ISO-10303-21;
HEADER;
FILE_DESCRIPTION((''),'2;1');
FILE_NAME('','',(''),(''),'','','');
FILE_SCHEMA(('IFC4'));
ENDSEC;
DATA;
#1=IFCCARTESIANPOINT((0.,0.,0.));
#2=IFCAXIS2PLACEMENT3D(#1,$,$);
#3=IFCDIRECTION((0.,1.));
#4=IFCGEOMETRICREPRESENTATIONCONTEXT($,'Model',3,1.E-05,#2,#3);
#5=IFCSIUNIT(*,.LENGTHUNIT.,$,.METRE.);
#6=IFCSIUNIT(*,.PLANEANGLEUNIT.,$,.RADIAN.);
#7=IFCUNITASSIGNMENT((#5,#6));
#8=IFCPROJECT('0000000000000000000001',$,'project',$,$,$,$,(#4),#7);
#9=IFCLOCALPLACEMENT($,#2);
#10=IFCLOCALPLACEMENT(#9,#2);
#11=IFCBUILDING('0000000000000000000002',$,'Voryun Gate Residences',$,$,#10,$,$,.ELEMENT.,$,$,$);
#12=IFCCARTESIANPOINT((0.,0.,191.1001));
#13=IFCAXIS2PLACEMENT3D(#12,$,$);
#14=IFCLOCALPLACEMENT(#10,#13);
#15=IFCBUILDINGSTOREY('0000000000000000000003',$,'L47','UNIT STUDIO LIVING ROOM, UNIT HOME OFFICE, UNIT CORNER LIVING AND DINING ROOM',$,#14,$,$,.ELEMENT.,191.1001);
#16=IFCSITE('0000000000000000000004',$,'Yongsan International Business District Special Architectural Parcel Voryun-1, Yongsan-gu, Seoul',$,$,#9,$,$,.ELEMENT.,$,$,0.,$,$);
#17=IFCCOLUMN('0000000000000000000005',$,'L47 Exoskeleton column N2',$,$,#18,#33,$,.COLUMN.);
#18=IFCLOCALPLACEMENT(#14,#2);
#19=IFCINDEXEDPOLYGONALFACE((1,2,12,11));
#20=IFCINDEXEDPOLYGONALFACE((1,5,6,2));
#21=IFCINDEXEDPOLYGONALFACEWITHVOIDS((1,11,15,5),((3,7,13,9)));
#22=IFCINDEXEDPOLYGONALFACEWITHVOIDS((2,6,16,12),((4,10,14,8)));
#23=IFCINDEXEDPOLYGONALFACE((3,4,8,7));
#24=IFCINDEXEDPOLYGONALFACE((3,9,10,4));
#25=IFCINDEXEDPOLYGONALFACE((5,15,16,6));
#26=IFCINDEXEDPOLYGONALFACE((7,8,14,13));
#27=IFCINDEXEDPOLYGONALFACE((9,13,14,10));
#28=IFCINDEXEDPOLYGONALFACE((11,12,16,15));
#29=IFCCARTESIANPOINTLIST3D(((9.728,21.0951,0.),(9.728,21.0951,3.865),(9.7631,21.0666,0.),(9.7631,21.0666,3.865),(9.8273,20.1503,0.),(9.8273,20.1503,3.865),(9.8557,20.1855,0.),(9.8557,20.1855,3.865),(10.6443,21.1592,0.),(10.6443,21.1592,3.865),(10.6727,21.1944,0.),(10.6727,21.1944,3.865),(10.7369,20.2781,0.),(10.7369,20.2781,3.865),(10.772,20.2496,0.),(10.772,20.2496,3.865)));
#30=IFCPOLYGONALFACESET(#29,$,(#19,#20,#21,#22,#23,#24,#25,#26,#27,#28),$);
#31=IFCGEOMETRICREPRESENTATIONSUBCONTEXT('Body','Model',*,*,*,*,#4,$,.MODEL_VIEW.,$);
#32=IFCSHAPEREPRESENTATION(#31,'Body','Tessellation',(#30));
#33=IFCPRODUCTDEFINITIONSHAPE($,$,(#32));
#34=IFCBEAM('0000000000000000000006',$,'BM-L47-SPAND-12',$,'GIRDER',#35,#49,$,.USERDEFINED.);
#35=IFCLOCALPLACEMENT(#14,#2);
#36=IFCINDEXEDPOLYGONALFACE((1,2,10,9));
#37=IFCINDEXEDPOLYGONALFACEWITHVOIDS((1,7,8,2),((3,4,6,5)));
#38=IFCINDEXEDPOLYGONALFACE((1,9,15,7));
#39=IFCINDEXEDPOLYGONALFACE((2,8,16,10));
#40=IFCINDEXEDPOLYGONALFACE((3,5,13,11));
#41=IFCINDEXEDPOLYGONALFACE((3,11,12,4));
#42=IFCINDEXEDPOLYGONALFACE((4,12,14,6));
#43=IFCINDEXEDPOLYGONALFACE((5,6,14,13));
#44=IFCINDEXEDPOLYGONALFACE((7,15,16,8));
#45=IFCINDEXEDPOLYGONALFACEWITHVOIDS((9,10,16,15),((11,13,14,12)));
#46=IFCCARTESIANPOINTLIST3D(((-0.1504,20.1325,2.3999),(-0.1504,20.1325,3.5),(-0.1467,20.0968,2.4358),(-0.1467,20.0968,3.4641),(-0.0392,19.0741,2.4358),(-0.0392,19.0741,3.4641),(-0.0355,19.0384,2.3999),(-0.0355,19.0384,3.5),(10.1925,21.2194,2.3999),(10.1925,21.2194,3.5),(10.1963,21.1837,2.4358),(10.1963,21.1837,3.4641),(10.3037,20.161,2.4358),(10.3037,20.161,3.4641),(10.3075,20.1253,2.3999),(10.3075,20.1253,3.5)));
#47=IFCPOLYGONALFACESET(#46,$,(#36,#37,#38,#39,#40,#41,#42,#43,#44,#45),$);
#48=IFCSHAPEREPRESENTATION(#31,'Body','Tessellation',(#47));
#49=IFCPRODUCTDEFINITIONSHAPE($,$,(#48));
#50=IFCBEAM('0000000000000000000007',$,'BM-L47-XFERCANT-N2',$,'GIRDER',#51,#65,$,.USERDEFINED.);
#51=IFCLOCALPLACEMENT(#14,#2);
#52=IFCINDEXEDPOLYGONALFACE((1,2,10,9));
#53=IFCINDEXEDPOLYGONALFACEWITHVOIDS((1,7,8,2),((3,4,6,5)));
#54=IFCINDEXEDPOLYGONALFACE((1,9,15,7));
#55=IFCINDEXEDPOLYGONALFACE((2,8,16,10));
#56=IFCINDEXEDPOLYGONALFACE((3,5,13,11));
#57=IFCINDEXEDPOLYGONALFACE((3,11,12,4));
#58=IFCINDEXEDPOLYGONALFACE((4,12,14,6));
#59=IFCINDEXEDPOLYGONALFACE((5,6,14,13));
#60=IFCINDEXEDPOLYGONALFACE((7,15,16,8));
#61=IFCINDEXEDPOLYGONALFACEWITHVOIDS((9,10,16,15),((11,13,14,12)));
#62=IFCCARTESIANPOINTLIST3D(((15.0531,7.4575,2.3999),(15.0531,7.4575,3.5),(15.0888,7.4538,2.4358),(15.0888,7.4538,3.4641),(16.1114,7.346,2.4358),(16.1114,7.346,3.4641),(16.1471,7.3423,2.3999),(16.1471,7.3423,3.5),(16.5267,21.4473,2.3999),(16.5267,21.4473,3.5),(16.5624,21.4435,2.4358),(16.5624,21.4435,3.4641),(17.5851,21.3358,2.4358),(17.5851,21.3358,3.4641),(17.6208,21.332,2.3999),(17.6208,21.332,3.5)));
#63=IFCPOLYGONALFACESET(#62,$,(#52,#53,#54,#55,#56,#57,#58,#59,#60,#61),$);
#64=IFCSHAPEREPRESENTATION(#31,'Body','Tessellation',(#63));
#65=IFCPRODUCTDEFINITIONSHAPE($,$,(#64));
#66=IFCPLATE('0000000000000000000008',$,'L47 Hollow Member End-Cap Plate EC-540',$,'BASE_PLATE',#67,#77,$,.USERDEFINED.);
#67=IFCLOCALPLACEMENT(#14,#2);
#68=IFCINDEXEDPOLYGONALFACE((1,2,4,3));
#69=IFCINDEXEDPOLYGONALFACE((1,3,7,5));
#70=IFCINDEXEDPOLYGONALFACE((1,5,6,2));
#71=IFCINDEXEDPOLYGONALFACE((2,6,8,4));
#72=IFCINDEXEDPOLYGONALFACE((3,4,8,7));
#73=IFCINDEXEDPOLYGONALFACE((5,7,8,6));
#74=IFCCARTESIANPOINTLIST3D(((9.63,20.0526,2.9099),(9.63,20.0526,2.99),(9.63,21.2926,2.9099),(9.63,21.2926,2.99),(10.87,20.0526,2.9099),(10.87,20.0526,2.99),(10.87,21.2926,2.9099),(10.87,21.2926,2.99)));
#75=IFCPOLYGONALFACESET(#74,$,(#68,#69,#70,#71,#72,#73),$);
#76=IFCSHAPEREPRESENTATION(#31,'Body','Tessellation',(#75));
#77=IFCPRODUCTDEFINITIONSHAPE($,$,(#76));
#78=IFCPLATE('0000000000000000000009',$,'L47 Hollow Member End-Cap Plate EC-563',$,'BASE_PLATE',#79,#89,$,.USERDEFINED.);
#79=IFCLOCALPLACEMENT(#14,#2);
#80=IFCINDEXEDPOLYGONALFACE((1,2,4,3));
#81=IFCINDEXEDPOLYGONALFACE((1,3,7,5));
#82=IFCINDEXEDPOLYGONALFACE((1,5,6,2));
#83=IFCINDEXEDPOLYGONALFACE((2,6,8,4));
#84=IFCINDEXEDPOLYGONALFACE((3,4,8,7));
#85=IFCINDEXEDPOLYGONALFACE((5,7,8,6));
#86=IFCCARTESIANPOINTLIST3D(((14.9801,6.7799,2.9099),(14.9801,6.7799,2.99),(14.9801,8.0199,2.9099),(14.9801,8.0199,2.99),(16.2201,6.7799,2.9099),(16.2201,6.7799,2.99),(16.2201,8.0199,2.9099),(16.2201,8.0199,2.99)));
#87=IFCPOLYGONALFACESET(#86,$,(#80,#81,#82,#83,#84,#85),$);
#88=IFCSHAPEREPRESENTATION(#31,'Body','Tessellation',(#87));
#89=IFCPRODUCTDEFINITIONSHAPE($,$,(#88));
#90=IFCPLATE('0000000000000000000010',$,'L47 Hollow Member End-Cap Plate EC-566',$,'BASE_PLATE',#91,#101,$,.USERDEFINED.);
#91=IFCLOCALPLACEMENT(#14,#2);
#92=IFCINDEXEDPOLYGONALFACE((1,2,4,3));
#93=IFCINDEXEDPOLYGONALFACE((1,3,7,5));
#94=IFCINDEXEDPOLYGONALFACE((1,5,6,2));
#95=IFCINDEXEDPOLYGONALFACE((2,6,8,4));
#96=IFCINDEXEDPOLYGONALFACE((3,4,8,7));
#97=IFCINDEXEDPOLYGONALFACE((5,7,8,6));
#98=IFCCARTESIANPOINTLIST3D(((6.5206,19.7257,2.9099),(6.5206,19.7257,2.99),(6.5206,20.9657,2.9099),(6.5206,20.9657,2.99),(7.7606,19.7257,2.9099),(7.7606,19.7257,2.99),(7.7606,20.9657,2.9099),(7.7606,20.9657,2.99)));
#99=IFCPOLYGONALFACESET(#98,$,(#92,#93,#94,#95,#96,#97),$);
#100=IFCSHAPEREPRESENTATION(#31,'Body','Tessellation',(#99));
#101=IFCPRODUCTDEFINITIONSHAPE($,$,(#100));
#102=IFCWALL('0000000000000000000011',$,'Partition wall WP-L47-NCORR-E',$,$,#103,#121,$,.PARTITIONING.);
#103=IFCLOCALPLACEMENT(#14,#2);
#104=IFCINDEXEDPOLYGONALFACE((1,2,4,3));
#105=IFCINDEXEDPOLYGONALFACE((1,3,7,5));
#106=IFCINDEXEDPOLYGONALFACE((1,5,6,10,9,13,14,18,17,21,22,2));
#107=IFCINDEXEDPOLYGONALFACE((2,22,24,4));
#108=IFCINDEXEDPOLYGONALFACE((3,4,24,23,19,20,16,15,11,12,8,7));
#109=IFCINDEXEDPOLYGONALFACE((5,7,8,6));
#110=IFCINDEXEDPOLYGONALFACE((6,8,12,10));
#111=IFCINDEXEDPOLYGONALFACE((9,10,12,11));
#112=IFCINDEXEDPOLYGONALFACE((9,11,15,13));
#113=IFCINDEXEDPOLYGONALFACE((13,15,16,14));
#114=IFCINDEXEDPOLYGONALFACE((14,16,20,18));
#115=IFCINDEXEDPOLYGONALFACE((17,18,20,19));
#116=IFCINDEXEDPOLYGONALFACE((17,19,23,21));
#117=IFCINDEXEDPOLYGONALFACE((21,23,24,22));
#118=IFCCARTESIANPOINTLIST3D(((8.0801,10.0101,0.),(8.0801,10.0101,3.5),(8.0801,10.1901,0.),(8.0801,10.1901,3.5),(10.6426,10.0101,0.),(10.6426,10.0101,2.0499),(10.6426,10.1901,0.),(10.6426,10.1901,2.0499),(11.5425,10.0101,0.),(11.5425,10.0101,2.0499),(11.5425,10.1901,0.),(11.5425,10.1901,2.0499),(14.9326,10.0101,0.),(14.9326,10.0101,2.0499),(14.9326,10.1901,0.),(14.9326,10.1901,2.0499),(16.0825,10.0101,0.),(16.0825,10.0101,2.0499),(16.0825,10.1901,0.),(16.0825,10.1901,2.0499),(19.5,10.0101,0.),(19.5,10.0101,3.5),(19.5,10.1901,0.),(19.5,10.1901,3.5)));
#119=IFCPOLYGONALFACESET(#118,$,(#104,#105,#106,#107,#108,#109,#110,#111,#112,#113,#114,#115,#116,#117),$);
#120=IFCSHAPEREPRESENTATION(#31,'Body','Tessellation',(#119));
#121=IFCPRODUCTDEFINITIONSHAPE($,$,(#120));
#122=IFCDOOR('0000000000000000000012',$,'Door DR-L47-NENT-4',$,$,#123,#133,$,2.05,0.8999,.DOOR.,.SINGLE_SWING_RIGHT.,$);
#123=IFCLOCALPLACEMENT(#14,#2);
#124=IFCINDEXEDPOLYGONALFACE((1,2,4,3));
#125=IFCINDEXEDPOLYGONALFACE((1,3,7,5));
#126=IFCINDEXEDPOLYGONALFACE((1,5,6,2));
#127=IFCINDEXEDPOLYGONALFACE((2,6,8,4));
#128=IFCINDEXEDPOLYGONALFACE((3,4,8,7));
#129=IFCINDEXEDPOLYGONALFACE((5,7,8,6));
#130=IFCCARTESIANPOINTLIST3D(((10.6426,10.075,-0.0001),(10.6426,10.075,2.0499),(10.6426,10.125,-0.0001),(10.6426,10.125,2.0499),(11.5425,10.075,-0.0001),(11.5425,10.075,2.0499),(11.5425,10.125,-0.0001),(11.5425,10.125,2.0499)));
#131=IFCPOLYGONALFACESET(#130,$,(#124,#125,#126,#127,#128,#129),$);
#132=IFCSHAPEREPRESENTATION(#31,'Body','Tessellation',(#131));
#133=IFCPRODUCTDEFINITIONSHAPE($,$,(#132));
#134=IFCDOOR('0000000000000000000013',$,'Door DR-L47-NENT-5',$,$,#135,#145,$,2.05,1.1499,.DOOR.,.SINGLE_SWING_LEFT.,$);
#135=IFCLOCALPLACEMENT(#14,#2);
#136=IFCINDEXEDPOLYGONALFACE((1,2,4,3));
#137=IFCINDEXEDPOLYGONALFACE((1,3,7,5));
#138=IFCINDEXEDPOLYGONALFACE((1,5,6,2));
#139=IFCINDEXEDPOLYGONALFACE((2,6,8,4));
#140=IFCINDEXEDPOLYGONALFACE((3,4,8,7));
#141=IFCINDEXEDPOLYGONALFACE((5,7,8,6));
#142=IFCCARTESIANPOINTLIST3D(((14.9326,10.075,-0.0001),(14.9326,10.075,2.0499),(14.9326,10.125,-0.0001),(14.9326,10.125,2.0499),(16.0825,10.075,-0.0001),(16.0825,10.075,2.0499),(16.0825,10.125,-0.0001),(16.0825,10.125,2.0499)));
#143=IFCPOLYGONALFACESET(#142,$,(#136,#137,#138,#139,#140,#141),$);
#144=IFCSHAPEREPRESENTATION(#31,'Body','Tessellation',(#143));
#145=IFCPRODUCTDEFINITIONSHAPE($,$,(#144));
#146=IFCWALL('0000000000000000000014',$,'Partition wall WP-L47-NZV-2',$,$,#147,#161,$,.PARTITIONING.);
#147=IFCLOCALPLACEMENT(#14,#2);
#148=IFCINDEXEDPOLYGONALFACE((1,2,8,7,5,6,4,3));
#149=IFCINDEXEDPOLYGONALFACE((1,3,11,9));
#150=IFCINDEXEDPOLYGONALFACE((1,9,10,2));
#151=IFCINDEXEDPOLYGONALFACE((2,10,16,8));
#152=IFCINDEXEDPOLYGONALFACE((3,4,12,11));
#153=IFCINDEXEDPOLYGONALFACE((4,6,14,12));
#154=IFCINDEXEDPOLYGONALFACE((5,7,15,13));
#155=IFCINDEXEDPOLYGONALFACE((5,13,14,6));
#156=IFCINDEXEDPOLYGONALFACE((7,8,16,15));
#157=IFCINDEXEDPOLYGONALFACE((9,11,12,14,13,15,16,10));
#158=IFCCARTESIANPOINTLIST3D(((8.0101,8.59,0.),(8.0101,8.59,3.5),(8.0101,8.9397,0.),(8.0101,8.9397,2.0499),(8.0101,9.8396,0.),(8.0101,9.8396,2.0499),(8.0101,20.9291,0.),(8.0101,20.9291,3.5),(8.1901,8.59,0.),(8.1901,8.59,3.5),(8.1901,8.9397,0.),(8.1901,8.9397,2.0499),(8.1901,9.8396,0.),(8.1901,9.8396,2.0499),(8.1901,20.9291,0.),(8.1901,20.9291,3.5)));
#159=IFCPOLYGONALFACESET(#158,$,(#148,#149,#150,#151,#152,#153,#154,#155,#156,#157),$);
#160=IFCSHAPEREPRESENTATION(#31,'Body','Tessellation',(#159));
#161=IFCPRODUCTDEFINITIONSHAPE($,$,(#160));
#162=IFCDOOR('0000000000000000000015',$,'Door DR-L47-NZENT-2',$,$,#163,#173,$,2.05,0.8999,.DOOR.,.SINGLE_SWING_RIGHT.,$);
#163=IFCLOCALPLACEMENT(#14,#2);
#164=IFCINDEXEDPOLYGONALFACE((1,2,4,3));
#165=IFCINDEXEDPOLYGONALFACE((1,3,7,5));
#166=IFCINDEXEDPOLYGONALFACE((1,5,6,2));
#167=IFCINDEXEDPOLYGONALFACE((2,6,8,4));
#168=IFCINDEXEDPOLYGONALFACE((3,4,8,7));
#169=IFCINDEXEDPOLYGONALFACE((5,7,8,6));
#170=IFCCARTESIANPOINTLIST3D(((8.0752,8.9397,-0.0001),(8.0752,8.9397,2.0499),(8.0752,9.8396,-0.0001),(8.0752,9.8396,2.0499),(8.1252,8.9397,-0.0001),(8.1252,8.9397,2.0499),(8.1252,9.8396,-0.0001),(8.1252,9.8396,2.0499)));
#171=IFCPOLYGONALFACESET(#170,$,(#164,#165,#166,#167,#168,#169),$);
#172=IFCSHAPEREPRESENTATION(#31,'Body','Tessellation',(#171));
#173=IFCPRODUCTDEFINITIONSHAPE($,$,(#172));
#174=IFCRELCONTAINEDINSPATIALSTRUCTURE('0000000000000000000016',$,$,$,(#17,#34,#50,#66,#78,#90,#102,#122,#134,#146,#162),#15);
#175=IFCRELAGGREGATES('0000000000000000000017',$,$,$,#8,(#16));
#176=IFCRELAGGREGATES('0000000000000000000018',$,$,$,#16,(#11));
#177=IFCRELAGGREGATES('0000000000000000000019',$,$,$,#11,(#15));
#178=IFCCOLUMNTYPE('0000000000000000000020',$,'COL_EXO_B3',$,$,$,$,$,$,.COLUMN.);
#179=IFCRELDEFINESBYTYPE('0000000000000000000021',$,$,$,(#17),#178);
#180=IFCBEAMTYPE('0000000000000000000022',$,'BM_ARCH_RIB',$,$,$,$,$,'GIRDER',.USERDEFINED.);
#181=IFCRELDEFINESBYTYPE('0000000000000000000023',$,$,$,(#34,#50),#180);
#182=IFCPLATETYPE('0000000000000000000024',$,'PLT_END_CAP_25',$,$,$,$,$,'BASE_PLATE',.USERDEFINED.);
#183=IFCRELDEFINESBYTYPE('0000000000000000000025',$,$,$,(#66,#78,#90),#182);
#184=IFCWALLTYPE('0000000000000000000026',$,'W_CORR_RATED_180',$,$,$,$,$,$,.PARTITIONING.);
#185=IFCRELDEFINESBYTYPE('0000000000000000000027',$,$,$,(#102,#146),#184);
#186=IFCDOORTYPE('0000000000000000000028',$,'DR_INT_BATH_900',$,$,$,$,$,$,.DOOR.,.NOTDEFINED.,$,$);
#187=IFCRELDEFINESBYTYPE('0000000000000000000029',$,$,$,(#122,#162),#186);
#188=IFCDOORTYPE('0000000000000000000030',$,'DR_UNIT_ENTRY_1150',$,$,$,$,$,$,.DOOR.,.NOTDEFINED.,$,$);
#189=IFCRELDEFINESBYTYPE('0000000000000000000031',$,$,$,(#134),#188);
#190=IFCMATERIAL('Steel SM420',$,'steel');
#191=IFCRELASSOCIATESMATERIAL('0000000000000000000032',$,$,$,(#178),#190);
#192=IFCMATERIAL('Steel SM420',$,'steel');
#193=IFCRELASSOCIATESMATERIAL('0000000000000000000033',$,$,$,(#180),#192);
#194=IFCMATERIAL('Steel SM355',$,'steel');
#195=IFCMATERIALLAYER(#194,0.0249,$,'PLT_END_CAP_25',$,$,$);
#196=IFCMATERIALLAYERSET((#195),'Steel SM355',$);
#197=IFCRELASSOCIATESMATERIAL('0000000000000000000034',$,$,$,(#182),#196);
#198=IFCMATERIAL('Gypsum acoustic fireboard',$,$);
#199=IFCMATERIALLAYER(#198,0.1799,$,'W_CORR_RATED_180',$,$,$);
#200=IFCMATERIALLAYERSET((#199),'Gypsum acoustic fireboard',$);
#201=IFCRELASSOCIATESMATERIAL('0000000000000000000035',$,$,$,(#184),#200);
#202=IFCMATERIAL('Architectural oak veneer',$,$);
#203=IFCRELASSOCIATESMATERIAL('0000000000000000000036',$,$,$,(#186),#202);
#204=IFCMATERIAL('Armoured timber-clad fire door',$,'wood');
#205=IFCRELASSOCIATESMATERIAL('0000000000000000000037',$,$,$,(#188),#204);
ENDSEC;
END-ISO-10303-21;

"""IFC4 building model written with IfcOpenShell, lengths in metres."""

from ifc_helpers import new_model, si_unit, direction, frame, frame_2d, origin, origin_2d, place, context, subcontext, project, spatial, rectangle, hollow_rectangle, extrude, material, layer, layer_set, material_profile, profile_set, type_object, element, fill, save


model = new_model("IFC4")

# Units and contexts
model_context = context("Model", 3, precision=1e-05, world=origin(), true_north=direction((0.0, 1.0)))
body_context = subcontext(model_context, "Body", "Model", "MODEL_VIEW")
ifc_project = project(units=[si_unit("LENGTHUNIT", "METRE"), si_unit("PLANEANGLEUNIT", "RADIAN")], contexts=[model_context])

# Site, building, storey
site_placement = place(None, origin())
site = spatial("IfcSite", under=ifc_project, at=site_placement, Name="Yongsan International Business District Special Architectural Parcel Voryun-1, Yongsan-gu, Seoul", CompositionType="ELEMENT", RefElevation=0.0)
building_placement = place(site_placement, origin())
building = spatial("IfcBuilding", under=site, at=building_placement, Name="Voryun Gate Residences", CompositionType="ELEMENT")
storey_placement = place(building_placement, frame((0.0, 0.0, 191.1001)))
storey = spatial("IfcBuildingStorey", under=building, at=storey_placement, Name="L47", Description="UNIT STUDIO LIVING ROOM, UNIT HOME OFFICE, UNIT CORNER LIVING AND DINING ROOM", CompositionType="ELEMENT", Elevation=191.1001)

# Column
ifc_material_1 = material(Name="Steel SM420", Category="steel")
ifc_material_profile_1 = material_profile(ifc_material_1, hollow_rectangle(XDim=0.95, YDim=0.95, WallThickness=0.032, at=origin_2d()), Name="BOX-950x950x32")
ifc_profile_set_1 = profile_set([ifc_material_profile_1], Name="Steel SM420")
column_type = type_object("IfcColumnType", Name="COL_EXO_B3", PredefinedType="COLUMN", material=ifc_profile_set_1)
column_placement = place(storey_placement, frame((10.25, 20.6724, 0.0), z_axis=(0.0, 0.0, 1.0), x_axis=(0.994522, 0.104528, 0.0)))
element("IfcColumn", 1, at=column_placement, inside=storey, type_object=column_type, Name="L47 Exoskeleton column N2", PredefinedType="COLUMN", context=body_context, shape_type="SweptSolid", body=[
    extrude(hollow_rectangle(XDim=0.95, YDim=0.95, WallThickness=0.032, at=origin_2d()), origin(), (0.0, 0.0, 1.0), 3.865),
])

# Beams
ifc_material_2 = material(Name="Steel SM420", Category="steel")
ifc_material_profile_2 = material_profile(ifc_material_2, hollow_rectangle(XDim=1.1001, YDim=1.1001, WallThickness=0.0359, at=origin_2d()), Name="BOX-1100x1100x36")
ifc_profile_set_2 = profile_set([ifc_material_profile_2], Name="Steel SM420")
beam_type = type_object("IfcBeamType", Name="BM_ARCH_RIB", ElementType="GIRDER", PredefinedType="USERDEFINED", material=ifc_profile_set_2)
beam_1_placement = place(storey_placement, frame((10.25, 20.6724, 2.95), z_axis=(-0.994524, -0.104511, 0.0), x_axis=(0.104511, -0.994524, 0.0)))
element("IfcBeam", 2, at=beam_1_placement, inside=storey, type_object=beam_type, Name="BM-L47-SPAND-12", ObjectType="GIRDER", PredefinedType="USERDEFINED", context=body_context, shape_type="SweptSolid", body=[
    extrude(hollow_rectangle(XDim=1.1001, YDim=1.1001, WallThickness=0.0359, at=origin_2d()), origin(), (0.0, 0.0, 1.0), 10.3999),
])
beam_2_placement = place(storey_placement, frame((15.6001, 7.3999, 2.95), z_axis=(0.104757, 0.994498, 0.0), x_axis=(-0.994498, 0.104757, 0.0)))
element("IfcBeam", 3, at=beam_2_placement, inside=storey, type_object=beam_type, Name="BM-L47-XFERCANT-N2", ObjectType="GIRDER", PredefinedType="USERDEFINED", context=body_context, shape_type="SweptSolid", body=[
    extrude(hollow_rectangle(XDim=1.1001, YDim=1.1001, WallThickness=0.0359, at=origin_2d()), origin(), (0.0, 0.0, 1.0), 14.0671),
])

# Plates
ifc_material_3 = material(Name="Steel SM355", Category="steel")
ifc_layer_1 = layer(ifc_material_3, 0.0249, Name="PLT_END_CAP_25")
ifc_layer_set_1 = layer_set([ifc_layer_1], Name="Steel SM355")
plate_type = type_object("IfcPlateType", Name="PLT_END_CAP_25", ElementType="BASE_PLATE", PredefinedType="USERDEFINED", material=ifc_layer_set_1)
for number, where, z_axis, x_axis, name in (
    (4, (10.25, 20.6726, 2.9099), (0.0, 0.0, 1.0), (1.0, 0.0, 0.0), "L47 Hollow Member End-Cap Plate EC-540"),
    (5, (15.6001, 7.3999, 2.9099), (0.0, 0.0, 1.0), (1.0, 0.0, 0.0), "L47 Hollow Member End-Cap Plate EC-563"),
    (6, (7.1406, 20.3457, 2.9099), (0.0, 0.0, 1.0), (1.0, 0.0, 0.0), "L47 Hollow Member End-Cap Plate EC-566"),
):
    element("IfcPlate", number, at=place(storey_placement, frame(where, z_axis=z_axis, x_axis=x_axis)), inside=storey, type_object=plate_type, Name=name, ObjectType="BASE_PLATE", PredefinedType="USERDEFINED", context=body_context, shape_type="SweptSolid", body=[
        extrude(rectangle(XDim=1.24, YDim=1.24, at=origin_2d()), origin(), (0.0, 0.0, 1.0), 0.0801),
    ])

# Wall, openings, doors
ifc_material_4 = material(Name="Gypsum acoustic fireboard")
ifc_layer_2 = layer(ifc_material_4, 0.1799, Name="W_CORR_RATED_180")
ifc_layer_set_2 = layer_set([ifc_layer_2], Name="Gypsum acoustic fireboard")
wall_type_1 = type_object("IfcWallType", Name="W_CORR_RATED_180", PredefinedType="PARTITIONING", material=ifc_layer_set_2)
wall_1_placement = place(storey_placement, frame((8.0801, 10.1001, 0.0), z_axis=(0.0, 0.0, 1.0), x_axis=(1.0, 0.0, 0.0)))
wall_1 = element("IfcWall", 7, at=wall_1_placement, inside=storey, type_object=wall_type_1, Name="Partition wall WP-L47-NCORR-E", PredefinedType="PARTITIONING", context=body_context, shape_type="SweptSolid", body=[
    extrude(rectangle(XDim=11.4199, YDim=0.1799, at=frame_2d((5.71, 0.0))), origin(), (0.0, 0.0, 1.0), 3.5),
])
opening_1_placement = place(wall_1_placement, frame((2.5625, 0.0, 0.0)))
opening_1 = element("IfcOpeningElement", 8, at=opening_1_placement, cuts=wall_1, PredefinedType="OPENING", context=body_context, shape_type="SweptSolid", body=[
    extrude(rectangle(XDim=0.8999, YDim=2.05, at=frame_2d((0.45, 1.0249))), frame((0.0, 0.0999, 0.0), z_axis=(0.0, -1.0, 0.0), x_axis=(1.0, 0.0, 0.0)), (0.0, 0.0, 1.0), 0.2),
])
opening_2_placement = place(wall_1_placement, frame((6.8525, 0.0, 0.0)))
opening_2 = element("IfcOpeningElement", 9, at=opening_2_placement, cuts=wall_1, PredefinedType="OPENING", context=body_context, shape_type="SweptSolid", body=[
    extrude(rectangle(XDim=1.1499, YDim=2.05, at=frame_2d((0.575, 1.0249))), frame((0.0, 0.0999, 0.0), z_axis=(0.0, -1.0, 0.0), x_axis=(1.0, 0.0, 0.0)), (0.0, 0.0, 1.0), 0.2),
])
ifc_material_5 = material(Name="Architectural oak veneer")
door_type_1 = type_object("IfcDoorType", Name="DR_INT_BATH_900", OperationType="NOTDEFINED", PredefinedType="DOOR", material=ifc_material_5)
door_1_placement = place(opening_1_placement, origin())
door_1 = element("IfcDoor", 10, at=door_1_placement, inside=storey, type_object=door_type_1, Name="Door DR-L47-NENT-4", OperationType="SINGLE_SWING_RIGHT", OverallHeight=2.05, OverallWidth=0.8999, PredefinedType="DOOR", context=body_context, shape_type="SweptSolid", body=[
    extrude(rectangle(XDim=0.8999, YDim=2.05, at=frame_2d((0.45, 1.0249))), frame((0.0, 0.0249, 0.0), z_axis=(0.0, -1.0, 0.0), x_axis=(1.0, 0.0, 0.0)), (0.0, 0.0, 1.0), 0.05),
])
fill(opening_1, door_1)
ifc_material_6 = material(Name="Armoured timber-clad fire door", Category="wood")
door_type_2 = type_object("IfcDoorType", Name="DR_UNIT_ENTRY_1150", OperationType="NOTDEFINED", PredefinedType="DOOR", material=ifc_material_6)
door_2_placement = place(opening_2_placement, origin())
door_2 = element("IfcDoor", 11, at=door_2_placement, inside=storey, type_object=door_type_2, Name="Door DR-L47-NENT-5", OperationType="SINGLE_SWING_LEFT", OverallHeight=2.05, OverallWidth=1.1499, PredefinedType="DOOR", context=body_context, shape_type="SweptSolid", body=[
    extrude(rectangle(XDim=1.1499, YDim=2.05, at=frame_2d((0.575, 1.0249))), frame((0.0, 0.0249, 0.0), z_axis=(0.0, -1.0, 0.0), x_axis=(1.0, 0.0, 0.0)), (0.0, 0.0, 1.0), 0.05),
])
fill(opening_2, door_2)

# Wall, opening, door
wall_2_placement = place(storey_placement, frame((8.1001, 8.5901, 0.0), z_axis=(0.0, 0.0, 1.0), x_axis=(0.0, 1.0, 0.0)))
wall_2 = element("IfcWall", 12, at=wall_2_placement, inside=storey, type_object=wall_type_1, Name="Partition wall WP-L47-NZV-2", PredefinedType="PARTITIONING", context=body_context, shape_type="SweptSolid", body=[
    extrude(rectangle(XDim=12.3391, YDim=0.1799, at=frame_2d((6.1694, 0.0))), origin(), (0.0, 0.0, 1.0), 3.5),
])
opening_3_placement = place(wall_2_placement, frame((0.3496, 0.0, 0.0)))
opening_3 = element("IfcOpeningElement", 13, at=opening_3_placement, cuts=wall_2, PredefinedType="OPENING", context=body_context, shape_type="SweptSolid", body=[
    extrude(rectangle(XDim=0.8999, YDim=2.05, at=frame_2d((0.45, 1.0249))), frame((0.0, 0.0999, 0.0), z_axis=(0.0, -1.0, 0.0), x_axis=(1.0, 0.0, 0.0)), (0.0, 0.0, 1.0), 0.2),
])
door_3_placement = place(opening_3_placement, origin())
door_3 = element("IfcDoor", 14, at=door_3_placement, inside=storey, type_object=door_type_1, Name="Door DR-L47-NZENT-2", OperationType="SINGLE_SWING_RIGHT", OverallHeight=2.05, OverallWidth=0.8999, PredefinedType="DOOR", context=body_context, shape_type="SweptSolid", body=[
    extrude(rectangle(XDim=0.8999, YDim=2.05, at=frame_2d((0.45, 1.0249))), frame((0.0, 0.0249, 0.0), z_axis=(0.0, -1.0, 0.0), x_axis=(1.0, 0.0, 0.0)), (0.0, 0.0, 1.0), 0.05),
])
fill(opening_3, door_3)

save(model, "model.ifc")
